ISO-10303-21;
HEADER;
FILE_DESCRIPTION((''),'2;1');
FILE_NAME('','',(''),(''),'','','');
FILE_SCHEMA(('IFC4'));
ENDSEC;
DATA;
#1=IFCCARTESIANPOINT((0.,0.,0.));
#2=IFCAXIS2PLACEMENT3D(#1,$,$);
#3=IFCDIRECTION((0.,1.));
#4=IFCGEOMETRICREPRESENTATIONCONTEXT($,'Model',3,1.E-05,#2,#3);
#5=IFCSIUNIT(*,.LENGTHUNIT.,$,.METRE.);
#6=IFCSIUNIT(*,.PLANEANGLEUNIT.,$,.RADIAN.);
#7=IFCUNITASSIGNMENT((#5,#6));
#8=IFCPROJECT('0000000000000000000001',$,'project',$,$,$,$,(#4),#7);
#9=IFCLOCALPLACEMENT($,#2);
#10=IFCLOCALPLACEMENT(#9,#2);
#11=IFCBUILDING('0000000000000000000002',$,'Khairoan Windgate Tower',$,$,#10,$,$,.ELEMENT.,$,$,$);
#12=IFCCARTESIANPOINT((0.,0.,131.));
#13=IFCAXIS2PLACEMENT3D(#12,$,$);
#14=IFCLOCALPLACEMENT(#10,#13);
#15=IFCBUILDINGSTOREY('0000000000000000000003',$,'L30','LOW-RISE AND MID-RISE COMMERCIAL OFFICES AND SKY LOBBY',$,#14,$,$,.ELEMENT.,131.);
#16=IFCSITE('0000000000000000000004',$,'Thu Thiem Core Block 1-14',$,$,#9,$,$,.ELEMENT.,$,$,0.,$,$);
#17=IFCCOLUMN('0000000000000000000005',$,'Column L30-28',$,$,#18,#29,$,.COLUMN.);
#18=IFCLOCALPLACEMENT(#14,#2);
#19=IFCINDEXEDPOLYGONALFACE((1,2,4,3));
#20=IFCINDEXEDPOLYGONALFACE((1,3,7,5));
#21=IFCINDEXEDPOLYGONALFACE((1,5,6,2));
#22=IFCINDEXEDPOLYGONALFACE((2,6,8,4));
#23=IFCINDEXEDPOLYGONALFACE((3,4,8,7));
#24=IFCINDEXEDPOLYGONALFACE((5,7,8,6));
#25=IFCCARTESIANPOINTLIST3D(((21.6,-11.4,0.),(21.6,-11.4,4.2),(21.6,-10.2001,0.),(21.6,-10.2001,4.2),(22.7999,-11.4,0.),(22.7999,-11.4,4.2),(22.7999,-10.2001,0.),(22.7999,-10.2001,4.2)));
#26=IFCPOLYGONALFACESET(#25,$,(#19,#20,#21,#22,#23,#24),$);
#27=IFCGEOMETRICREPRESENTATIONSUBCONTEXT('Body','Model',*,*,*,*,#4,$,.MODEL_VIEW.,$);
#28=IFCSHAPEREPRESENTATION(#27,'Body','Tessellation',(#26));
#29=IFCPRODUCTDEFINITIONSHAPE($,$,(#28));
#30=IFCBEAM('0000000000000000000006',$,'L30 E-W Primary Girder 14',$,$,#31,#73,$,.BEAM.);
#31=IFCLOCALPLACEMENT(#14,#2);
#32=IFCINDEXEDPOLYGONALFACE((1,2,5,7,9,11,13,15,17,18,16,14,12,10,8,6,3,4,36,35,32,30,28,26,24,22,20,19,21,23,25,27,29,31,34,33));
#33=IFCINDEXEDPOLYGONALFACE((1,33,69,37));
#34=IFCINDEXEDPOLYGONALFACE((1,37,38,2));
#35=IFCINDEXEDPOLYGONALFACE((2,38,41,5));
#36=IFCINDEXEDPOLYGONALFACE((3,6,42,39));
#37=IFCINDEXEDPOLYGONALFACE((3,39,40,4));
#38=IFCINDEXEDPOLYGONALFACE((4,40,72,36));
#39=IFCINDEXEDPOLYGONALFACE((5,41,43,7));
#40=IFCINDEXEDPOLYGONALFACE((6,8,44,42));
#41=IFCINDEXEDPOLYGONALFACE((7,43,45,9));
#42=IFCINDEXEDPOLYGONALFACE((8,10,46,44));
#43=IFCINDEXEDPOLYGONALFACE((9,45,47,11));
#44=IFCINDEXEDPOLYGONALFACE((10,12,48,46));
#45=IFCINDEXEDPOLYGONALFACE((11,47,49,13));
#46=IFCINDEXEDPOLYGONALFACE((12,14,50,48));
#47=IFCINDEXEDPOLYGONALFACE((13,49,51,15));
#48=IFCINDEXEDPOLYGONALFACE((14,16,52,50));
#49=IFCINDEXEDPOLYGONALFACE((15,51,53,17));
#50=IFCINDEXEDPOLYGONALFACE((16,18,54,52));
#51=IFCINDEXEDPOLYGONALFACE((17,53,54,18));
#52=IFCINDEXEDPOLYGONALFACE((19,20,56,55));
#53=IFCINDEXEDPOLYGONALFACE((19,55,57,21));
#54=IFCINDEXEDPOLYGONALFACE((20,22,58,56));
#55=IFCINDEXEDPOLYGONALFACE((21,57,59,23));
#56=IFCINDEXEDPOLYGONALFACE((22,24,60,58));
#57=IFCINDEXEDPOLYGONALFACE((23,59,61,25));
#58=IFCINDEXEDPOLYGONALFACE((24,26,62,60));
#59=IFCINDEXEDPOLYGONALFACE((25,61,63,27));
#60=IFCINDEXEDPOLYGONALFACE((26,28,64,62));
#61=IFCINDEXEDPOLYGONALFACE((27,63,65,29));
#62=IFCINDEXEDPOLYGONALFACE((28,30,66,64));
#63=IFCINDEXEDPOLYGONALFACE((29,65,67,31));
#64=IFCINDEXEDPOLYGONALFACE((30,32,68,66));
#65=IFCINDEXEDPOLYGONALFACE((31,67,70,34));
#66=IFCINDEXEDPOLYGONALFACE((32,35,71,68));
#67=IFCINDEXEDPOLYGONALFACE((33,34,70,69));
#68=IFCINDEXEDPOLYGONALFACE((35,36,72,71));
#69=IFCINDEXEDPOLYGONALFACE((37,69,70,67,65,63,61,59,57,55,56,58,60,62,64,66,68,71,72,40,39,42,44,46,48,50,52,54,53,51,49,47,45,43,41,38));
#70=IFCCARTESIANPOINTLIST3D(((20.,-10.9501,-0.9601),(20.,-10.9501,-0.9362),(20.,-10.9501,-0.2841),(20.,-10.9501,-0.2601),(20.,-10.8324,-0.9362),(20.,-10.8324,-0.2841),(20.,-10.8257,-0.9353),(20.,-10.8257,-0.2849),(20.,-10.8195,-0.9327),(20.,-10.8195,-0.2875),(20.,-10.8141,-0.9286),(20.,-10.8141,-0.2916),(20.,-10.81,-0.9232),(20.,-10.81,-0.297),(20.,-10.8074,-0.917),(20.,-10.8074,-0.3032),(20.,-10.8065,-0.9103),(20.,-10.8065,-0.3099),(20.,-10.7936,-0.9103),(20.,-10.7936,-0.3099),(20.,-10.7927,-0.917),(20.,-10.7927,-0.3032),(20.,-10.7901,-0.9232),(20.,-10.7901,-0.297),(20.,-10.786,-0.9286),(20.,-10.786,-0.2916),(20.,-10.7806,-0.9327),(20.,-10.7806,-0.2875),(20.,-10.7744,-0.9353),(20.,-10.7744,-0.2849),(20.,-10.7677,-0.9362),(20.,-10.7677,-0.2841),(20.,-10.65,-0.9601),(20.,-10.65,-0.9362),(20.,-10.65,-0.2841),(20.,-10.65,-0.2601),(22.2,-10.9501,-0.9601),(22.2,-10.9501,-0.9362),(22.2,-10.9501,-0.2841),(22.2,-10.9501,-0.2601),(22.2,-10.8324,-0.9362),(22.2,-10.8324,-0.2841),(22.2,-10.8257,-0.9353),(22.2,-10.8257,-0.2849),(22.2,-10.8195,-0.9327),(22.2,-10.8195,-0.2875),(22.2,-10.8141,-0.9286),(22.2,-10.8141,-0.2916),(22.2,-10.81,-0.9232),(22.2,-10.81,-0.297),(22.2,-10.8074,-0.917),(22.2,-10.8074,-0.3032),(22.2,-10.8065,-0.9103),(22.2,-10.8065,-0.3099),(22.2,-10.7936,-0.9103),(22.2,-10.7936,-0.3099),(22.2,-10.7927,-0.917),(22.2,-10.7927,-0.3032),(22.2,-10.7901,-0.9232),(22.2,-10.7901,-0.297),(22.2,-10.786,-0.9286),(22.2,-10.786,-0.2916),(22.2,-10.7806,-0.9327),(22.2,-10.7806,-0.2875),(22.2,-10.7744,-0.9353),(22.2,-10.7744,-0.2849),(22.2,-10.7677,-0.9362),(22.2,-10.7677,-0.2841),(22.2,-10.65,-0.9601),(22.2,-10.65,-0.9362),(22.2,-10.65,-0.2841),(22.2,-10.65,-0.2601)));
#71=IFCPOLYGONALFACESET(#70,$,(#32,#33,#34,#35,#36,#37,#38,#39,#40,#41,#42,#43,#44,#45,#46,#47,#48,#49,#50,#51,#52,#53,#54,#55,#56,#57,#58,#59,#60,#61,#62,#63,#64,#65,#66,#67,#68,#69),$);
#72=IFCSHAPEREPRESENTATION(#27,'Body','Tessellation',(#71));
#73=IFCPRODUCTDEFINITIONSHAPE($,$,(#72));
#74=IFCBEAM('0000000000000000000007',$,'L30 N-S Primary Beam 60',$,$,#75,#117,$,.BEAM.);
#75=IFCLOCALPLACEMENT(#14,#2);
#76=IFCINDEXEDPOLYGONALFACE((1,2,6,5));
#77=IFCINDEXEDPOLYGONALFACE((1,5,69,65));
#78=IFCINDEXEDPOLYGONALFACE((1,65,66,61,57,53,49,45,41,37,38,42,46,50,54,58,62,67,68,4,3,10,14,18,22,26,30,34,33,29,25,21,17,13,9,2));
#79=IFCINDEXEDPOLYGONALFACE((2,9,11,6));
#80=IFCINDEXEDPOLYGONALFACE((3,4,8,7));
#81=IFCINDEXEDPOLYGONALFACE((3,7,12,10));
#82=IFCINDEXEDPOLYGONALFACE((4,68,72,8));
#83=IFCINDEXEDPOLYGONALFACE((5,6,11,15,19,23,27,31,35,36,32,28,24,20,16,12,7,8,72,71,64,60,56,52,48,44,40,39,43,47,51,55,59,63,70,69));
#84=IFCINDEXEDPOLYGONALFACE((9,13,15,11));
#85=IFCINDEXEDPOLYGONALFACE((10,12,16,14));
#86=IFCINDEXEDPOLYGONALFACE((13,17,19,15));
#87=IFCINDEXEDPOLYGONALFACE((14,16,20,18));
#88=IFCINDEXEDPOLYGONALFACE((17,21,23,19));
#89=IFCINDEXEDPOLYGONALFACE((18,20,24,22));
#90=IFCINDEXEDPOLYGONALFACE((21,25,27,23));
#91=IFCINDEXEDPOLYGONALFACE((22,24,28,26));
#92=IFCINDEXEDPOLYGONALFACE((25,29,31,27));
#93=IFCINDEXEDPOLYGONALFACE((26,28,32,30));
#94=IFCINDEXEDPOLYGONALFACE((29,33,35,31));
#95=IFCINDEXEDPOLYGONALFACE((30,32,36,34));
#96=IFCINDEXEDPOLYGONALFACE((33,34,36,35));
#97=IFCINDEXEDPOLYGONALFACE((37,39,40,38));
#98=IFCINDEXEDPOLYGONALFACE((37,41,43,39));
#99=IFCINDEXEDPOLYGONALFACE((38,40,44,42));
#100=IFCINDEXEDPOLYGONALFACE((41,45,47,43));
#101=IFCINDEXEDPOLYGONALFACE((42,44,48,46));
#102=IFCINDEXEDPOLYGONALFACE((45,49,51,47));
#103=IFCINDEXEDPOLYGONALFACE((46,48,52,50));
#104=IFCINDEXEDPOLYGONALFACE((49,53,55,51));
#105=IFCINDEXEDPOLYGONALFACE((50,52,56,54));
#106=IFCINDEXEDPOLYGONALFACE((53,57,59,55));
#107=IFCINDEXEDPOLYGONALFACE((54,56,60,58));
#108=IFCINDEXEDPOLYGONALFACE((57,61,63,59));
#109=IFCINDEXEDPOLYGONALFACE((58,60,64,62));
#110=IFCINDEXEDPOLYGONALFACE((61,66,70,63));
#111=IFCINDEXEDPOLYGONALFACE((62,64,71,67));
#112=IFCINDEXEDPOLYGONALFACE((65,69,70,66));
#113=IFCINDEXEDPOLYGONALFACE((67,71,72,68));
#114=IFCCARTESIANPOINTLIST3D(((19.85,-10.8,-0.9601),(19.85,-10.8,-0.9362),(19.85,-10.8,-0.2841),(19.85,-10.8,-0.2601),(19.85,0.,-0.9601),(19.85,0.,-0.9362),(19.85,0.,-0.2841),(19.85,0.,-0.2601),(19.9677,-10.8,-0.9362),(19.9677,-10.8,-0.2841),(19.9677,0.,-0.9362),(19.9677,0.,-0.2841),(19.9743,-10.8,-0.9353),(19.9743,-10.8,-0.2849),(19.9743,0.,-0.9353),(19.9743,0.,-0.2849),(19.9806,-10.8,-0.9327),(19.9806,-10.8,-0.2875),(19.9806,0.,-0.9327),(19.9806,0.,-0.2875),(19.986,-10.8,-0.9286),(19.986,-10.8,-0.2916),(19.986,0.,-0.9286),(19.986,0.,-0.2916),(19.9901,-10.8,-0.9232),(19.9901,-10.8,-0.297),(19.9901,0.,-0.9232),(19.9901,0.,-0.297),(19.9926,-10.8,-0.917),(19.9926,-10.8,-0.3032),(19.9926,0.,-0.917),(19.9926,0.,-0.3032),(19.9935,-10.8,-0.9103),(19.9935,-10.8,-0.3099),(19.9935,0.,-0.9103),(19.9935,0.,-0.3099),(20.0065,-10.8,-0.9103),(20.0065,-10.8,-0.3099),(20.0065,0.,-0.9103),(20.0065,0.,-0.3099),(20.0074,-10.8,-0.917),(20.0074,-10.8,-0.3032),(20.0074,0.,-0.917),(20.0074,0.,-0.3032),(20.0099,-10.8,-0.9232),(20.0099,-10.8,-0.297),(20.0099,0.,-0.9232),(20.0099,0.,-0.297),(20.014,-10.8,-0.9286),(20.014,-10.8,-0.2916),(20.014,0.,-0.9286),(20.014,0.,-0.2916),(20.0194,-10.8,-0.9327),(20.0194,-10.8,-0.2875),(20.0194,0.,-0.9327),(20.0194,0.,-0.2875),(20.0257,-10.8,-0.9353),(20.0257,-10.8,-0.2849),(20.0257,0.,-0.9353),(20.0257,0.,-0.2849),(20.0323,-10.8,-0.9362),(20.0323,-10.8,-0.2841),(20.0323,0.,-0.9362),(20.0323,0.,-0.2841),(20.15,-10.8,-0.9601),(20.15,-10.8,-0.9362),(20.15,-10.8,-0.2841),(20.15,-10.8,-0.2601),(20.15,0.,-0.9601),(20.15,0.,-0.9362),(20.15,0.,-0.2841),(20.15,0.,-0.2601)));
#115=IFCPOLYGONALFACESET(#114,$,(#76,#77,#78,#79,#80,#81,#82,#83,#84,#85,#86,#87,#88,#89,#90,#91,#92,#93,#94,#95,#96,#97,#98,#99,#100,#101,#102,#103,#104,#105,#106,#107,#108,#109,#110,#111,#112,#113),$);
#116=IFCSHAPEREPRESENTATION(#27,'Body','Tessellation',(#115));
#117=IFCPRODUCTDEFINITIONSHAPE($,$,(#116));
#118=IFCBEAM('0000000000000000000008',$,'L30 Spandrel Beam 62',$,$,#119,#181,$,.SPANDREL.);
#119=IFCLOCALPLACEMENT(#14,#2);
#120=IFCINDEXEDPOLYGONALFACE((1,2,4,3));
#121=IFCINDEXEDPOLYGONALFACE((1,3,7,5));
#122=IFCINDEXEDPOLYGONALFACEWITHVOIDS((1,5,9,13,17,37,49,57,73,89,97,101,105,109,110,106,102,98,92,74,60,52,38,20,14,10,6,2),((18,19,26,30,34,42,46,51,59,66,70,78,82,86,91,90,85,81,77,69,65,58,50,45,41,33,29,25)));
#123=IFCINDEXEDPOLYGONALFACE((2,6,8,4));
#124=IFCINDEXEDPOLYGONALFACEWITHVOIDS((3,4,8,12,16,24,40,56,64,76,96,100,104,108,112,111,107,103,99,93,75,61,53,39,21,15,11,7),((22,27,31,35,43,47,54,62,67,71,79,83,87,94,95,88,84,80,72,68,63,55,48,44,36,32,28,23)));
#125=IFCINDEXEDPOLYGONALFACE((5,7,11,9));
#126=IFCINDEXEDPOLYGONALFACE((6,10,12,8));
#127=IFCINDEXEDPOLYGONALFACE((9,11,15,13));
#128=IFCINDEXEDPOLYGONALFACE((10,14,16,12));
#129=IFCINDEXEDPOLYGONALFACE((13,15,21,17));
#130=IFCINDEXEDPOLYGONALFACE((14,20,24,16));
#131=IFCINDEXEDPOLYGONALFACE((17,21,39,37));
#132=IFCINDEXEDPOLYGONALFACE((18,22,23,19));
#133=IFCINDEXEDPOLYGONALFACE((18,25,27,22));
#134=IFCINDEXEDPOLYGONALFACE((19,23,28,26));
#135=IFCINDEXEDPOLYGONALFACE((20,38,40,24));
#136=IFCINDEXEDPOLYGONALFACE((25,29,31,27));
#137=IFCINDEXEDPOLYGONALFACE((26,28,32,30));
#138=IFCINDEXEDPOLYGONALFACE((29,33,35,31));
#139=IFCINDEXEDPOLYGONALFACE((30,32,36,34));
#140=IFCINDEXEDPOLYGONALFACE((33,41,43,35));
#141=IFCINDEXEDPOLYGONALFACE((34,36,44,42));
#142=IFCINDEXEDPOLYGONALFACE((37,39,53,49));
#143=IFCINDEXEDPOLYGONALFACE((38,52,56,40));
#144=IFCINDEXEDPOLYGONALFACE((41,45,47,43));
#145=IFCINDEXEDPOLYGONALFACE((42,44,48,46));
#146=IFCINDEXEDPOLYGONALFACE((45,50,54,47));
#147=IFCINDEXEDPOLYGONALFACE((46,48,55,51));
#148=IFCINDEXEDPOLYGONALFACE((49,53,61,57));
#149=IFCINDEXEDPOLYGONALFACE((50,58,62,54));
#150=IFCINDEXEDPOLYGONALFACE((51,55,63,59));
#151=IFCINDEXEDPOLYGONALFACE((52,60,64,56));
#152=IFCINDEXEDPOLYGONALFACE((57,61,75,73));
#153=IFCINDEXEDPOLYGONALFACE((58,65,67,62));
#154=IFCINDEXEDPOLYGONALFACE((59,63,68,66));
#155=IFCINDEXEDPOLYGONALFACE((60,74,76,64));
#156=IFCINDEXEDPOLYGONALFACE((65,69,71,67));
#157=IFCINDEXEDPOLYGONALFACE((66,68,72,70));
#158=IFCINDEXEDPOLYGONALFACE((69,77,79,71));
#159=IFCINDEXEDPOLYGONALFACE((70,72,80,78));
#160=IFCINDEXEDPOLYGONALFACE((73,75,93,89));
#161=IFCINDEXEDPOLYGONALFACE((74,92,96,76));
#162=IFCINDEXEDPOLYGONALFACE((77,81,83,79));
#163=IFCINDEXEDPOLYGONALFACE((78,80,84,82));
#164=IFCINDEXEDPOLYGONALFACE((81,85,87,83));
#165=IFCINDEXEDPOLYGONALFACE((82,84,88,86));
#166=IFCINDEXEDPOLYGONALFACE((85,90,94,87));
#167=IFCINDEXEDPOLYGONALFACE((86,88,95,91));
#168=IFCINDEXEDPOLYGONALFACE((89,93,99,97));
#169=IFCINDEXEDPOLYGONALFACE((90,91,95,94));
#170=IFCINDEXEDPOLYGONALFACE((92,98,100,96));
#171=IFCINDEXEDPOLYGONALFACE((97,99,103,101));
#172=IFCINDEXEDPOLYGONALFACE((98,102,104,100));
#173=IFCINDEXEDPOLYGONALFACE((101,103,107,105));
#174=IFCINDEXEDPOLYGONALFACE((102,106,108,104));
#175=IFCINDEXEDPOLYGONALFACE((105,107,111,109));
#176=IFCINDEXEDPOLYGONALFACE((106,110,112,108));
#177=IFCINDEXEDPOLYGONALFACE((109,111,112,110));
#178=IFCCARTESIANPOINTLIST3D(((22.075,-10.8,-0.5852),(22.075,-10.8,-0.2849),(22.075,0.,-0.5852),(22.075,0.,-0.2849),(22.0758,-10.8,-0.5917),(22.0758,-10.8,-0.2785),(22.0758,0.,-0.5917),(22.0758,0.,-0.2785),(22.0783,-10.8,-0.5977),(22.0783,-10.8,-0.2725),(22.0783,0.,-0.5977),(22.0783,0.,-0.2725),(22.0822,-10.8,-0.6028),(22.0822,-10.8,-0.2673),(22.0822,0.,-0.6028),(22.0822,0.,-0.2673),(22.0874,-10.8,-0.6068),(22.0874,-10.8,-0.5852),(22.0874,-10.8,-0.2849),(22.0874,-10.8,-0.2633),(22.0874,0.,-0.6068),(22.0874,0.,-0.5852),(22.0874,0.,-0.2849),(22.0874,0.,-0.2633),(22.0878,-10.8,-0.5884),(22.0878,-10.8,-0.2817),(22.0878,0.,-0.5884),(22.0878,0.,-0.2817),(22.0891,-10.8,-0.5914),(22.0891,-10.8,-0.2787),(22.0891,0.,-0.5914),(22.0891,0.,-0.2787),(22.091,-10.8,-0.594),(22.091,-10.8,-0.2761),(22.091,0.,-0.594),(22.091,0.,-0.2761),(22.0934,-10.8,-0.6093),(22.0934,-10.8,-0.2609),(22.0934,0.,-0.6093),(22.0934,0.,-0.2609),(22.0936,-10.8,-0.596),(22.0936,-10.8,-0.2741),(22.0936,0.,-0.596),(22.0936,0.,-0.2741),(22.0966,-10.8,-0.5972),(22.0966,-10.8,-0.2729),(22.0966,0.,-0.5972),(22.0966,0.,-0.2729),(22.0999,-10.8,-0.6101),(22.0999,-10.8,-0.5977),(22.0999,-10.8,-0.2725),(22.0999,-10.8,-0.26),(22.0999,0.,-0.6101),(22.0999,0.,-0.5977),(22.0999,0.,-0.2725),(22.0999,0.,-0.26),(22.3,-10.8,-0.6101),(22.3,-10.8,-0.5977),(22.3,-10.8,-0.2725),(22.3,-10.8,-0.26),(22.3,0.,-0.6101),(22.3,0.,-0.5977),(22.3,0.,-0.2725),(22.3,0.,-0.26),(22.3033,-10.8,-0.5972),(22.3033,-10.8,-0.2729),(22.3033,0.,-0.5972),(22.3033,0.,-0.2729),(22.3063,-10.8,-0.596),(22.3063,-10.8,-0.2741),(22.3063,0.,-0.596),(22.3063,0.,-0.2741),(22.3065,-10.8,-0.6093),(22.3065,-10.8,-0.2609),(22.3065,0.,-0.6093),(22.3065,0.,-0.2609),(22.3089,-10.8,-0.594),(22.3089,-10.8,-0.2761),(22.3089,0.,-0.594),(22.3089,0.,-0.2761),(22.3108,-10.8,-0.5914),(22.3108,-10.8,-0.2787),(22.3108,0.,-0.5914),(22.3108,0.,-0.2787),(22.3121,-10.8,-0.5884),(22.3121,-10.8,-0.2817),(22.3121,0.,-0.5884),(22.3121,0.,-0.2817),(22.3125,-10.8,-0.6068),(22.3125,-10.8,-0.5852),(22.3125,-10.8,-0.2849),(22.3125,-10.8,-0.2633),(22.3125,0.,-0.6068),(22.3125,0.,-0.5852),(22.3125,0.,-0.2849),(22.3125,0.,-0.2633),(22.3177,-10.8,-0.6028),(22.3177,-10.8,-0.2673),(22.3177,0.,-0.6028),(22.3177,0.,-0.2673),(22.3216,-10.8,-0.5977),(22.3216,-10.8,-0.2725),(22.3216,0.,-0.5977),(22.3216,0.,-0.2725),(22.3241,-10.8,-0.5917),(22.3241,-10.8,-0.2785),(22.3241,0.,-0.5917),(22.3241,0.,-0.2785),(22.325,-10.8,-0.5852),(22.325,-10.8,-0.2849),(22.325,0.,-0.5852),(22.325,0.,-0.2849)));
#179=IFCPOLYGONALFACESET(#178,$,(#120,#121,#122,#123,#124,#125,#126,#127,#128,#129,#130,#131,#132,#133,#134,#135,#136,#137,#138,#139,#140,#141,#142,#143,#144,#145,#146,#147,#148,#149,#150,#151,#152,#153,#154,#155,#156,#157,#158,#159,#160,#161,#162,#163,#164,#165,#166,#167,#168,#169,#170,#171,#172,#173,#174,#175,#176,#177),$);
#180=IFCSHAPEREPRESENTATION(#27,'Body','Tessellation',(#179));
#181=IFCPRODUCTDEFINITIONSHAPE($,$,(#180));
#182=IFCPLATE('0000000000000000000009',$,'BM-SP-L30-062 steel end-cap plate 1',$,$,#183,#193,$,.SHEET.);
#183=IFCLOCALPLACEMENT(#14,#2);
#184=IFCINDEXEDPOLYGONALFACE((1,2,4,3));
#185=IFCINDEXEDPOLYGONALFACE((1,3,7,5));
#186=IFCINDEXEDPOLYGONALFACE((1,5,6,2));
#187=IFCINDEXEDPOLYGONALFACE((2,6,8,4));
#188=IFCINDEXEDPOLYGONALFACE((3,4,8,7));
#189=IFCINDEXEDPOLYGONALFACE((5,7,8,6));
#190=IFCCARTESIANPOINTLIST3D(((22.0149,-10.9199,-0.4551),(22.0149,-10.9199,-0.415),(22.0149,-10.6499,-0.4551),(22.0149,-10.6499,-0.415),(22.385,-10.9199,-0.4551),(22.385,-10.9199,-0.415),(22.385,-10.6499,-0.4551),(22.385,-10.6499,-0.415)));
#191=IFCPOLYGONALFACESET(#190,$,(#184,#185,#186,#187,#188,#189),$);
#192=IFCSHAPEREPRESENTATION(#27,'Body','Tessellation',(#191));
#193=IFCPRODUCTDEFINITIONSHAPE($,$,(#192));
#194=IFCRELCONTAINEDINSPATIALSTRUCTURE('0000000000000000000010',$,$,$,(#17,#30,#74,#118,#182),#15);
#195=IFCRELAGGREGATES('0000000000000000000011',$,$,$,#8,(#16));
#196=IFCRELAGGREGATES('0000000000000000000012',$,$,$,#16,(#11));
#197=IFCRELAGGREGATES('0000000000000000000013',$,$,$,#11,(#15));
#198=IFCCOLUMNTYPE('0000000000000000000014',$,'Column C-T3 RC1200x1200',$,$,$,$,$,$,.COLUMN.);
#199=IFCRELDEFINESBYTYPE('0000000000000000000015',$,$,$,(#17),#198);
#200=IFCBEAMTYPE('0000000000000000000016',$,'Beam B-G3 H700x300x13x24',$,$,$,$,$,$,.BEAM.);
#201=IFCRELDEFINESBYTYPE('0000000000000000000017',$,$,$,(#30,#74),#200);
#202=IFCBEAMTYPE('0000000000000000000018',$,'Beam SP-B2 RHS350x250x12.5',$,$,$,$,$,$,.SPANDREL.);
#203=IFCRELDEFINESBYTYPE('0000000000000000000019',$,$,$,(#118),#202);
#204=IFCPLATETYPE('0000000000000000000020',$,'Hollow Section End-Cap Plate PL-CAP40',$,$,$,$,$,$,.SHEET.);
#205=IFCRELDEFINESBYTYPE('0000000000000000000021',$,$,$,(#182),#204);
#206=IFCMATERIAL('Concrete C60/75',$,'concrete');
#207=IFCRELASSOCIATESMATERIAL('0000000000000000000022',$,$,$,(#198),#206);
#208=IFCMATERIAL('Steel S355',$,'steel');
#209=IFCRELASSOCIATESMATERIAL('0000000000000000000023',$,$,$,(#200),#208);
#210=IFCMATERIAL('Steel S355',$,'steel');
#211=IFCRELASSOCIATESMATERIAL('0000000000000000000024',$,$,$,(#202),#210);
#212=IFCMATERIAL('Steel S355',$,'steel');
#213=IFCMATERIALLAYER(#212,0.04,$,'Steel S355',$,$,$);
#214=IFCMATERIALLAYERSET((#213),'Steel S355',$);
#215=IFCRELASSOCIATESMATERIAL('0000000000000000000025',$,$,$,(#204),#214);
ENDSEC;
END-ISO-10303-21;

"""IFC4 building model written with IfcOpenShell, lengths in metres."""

from ifc_helpers import new_model, si_unit, direction, frame, origin, origin_2d, place, context, subcontext, project, spatial, rectangle, hollow_rectangle, i_section, extrude, material, layer, layer_set, material_profile, profile_set, type_object, element, save


model = new_model("IFC4")

# Units and contexts
model_context = context("Model", 3, precision=1e-05, world=origin(), true_north=direction((0.0, 1.0)))
body_context = subcontext(model_context, "Body", "Model", "MODEL_VIEW")
ifc_project = project(units=[si_unit("LENGTHUNIT", "METRE"), si_unit("PLANEANGLEUNIT", "RADIAN")], contexts=[model_context])

# Site, building, storey
site_placement = place(None, origin())
site = spatial("IfcSite", under=ifc_project, at=site_placement, Name="Thu Thiem Core Block 1-14", CompositionType="ELEMENT", RefElevation=0.0)
building_placement = place(site_placement, origin())
building = spatial("IfcBuilding", under=site, at=building_placement, Name="Khairoan Windgate Tower", CompositionType="ELEMENT")
storey_placement = place(building_placement, frame((0.0, 0.0, 131.0)))
storey = spatial("IfcBuildingStorey", under=building, at=storey_placement, Name="L30", Description="LOW-RISE AND MID-RISE COMMERCIAL OFFICES AND SKY LOBBY", CompositionType="ELEMENT", Elevation=131.0)

# Column
ifc_material_1 = material(Name="Concrete C60/75", Category="concrete")
ifc_material_profile_1 = material_profile(ifc_material_1, rectangle(XDim=1.2, YDim=1.2, at=origin_2d()))
ifc_profile_set_1 = profile_set([ifc_material_profile_1], Name="Concrete C60/75")
column_type = type_object("IfcColumnType", Name="Column C-T3 RC1200x1200", PredefinedType="COLUMN", material=ifc_profile_set_1)
column_placement = place(storey_placement, frame((22.2, -10.8, 0.0), z_axis=(0.0, 0.0, 1.0), x_axis=(1.0, 0.0, 0.0)))
element("IfcColumn", 1, at=column_placement, inside=storey, type_object=column_type, Name="Column L30-28", PredefinedType="COLUMN", context=body_context, shape_type="SweptSolid", body=[
    extrude(rectangle(XDim=1.2, YDim=1.2, at=origin_2d()), origin(), (0.0, 0.0, 1.0), 4.2),
])

# Beams
ifc_material_2 = material(Name="Steel S355", Category="steel")
ifc_material_profile_2 = material_profile(ifc_material_2, i_section(OverallWidth=0.3, OverallDepth=0.7, WebThickness=0.0129, FlangeThickness=0.0239, FilletRadius=0.0259, at=origin_2d()))
ifc_profile_set_2 = profile_set([ifc_material_profile_2], Name="Steel S355")
beam_type_1 = type_object("IfcBeamType", Name="Beam B-G3 H700x300x13x24", PredefinedType="BEAM", material=ifc_profile_set_2)
beam_1_placement = place(storey_placement, frame((20.0, -10.8, -0.6101), z_axis=(1.0, 0.0, 0.0), x_axis=(0.0, 1.0, 0.0)))
element("IfcBeam", 2, at=beam_1_placement, inside=storey, type_object=beam_type_1, Name="L30 E-W Primary Girder 14", PredefinedType="BEAM", context=body_context, shape_type="SweptSolid", body=[
    extrude(i_section(OverallWidth=0.3, OverallDepth=0.7, WebThickness=0.0129, FlangeThickness=0.0239, FilletRadius=0.0259, at=origin_2d()), origin(), (0.0, 0.0, 1.0), 2.2),
])
beam_2_placement = place(storey_placement, frame((20.0, -10.8, -0.6101), z_axis=(0.0, 1.0, 0.0), x_axis=(-1.0, 0.0, 0.0)))
element("IfcBeam", 3, at=beam_2_placement, inside=storey, type_object=beam_type_1, Name="L30 N-S Primary Beam 60", PredefinedType="BEAM", context=body_context, shape_type="SweptSolid", body=[
    extrude(i_section(OverallWidth=0.3, OverallDepth=0.7, WebThickness=0.0129, FlangeThickness=0.0239, FilletRadius=0.0259, at=origin_2d()), origin(), (0.0, 0.0, 1.0), 10.8),
])
ifc_material_3 = material(Name="Steel S355", Category="steel")
ifc_material_profile_3 = material_profile(ifc_material_3, hollow_rectangle(XDim=0.25, YDim=0.3501, WallThickness=0.0125, InnerFilletRadius=0.0125, OuterFilletRadius=0.0249, at=origin_2d()))
ifc_profile_set_3 = profile_set([ifc_material_profile_3], Name="Steel S355")
beam_type_2 = type_object("IfcBeamType", Name="Beam SP-B2 RHS350x250x12.5", PredefinedType="SPANDREL", material=ifc_profile_set_3)
beam_3_placement = place(storey_placement, frame((22.2, -10.8, -0.4351), z_axis=(0.0, 1.0, 0.0), x_axis=(-1.0, 0.0, 0.0)))
element("IfcBeam", 4, at=beam_3_placement, inside=storey, type_object=beam_type_2, Name="L30 Spandrel Beam 62", PredefinedType="SPANDREL", context=body_context, shape_type="SweptSolid", body=[
    extrude(hollow_rectangle(XDim=0.25, YDim=0.3501, WallThickness=0.0125, InnerFilletRadius=0.0125, OuterFilletRadius=0.0249, at=origin_2d()), origin(), (0.0, 0.0, 1.0), 10.8),
])

# Plate
ifc_material_4 = material(Name="Steel S355", Category="steel")
ifc_layer_1 = layer(ifc_material_4, 0.04, Name="Steel S355")
ifc_layer_set_1 = layer_set([ifc_layer_1], Name="Steel S355")
plate_type = type_object("IfcPlateType", Name="Hollow Section End-Cap Plate PL-CAP40", PredefinedType="SHEET", material=ifc_layer_set_1)
plate_placement = place(storey_placement, frame((22.2, -10.7849, -0.4551), z_axis=(0.0, 0.0, 1.0), x_axis=(0.0, 1.0, 0.0)))
element("IfcPlate", 5, at=plate_placement, inside=storey, type_object=plate_type, Name="BM-SP-L30-062 steel end-cap plate 1", PredefinedType="SHEET", context=body_context, shape_type="SweptSolid", body=[
    extrude(rectangle(XDim=0.27, YDim=0.3701, at=origin_2d()), origin(), (0.0, 0.0, 1.0), 0.04),
])

save(model, "model.ifc")
